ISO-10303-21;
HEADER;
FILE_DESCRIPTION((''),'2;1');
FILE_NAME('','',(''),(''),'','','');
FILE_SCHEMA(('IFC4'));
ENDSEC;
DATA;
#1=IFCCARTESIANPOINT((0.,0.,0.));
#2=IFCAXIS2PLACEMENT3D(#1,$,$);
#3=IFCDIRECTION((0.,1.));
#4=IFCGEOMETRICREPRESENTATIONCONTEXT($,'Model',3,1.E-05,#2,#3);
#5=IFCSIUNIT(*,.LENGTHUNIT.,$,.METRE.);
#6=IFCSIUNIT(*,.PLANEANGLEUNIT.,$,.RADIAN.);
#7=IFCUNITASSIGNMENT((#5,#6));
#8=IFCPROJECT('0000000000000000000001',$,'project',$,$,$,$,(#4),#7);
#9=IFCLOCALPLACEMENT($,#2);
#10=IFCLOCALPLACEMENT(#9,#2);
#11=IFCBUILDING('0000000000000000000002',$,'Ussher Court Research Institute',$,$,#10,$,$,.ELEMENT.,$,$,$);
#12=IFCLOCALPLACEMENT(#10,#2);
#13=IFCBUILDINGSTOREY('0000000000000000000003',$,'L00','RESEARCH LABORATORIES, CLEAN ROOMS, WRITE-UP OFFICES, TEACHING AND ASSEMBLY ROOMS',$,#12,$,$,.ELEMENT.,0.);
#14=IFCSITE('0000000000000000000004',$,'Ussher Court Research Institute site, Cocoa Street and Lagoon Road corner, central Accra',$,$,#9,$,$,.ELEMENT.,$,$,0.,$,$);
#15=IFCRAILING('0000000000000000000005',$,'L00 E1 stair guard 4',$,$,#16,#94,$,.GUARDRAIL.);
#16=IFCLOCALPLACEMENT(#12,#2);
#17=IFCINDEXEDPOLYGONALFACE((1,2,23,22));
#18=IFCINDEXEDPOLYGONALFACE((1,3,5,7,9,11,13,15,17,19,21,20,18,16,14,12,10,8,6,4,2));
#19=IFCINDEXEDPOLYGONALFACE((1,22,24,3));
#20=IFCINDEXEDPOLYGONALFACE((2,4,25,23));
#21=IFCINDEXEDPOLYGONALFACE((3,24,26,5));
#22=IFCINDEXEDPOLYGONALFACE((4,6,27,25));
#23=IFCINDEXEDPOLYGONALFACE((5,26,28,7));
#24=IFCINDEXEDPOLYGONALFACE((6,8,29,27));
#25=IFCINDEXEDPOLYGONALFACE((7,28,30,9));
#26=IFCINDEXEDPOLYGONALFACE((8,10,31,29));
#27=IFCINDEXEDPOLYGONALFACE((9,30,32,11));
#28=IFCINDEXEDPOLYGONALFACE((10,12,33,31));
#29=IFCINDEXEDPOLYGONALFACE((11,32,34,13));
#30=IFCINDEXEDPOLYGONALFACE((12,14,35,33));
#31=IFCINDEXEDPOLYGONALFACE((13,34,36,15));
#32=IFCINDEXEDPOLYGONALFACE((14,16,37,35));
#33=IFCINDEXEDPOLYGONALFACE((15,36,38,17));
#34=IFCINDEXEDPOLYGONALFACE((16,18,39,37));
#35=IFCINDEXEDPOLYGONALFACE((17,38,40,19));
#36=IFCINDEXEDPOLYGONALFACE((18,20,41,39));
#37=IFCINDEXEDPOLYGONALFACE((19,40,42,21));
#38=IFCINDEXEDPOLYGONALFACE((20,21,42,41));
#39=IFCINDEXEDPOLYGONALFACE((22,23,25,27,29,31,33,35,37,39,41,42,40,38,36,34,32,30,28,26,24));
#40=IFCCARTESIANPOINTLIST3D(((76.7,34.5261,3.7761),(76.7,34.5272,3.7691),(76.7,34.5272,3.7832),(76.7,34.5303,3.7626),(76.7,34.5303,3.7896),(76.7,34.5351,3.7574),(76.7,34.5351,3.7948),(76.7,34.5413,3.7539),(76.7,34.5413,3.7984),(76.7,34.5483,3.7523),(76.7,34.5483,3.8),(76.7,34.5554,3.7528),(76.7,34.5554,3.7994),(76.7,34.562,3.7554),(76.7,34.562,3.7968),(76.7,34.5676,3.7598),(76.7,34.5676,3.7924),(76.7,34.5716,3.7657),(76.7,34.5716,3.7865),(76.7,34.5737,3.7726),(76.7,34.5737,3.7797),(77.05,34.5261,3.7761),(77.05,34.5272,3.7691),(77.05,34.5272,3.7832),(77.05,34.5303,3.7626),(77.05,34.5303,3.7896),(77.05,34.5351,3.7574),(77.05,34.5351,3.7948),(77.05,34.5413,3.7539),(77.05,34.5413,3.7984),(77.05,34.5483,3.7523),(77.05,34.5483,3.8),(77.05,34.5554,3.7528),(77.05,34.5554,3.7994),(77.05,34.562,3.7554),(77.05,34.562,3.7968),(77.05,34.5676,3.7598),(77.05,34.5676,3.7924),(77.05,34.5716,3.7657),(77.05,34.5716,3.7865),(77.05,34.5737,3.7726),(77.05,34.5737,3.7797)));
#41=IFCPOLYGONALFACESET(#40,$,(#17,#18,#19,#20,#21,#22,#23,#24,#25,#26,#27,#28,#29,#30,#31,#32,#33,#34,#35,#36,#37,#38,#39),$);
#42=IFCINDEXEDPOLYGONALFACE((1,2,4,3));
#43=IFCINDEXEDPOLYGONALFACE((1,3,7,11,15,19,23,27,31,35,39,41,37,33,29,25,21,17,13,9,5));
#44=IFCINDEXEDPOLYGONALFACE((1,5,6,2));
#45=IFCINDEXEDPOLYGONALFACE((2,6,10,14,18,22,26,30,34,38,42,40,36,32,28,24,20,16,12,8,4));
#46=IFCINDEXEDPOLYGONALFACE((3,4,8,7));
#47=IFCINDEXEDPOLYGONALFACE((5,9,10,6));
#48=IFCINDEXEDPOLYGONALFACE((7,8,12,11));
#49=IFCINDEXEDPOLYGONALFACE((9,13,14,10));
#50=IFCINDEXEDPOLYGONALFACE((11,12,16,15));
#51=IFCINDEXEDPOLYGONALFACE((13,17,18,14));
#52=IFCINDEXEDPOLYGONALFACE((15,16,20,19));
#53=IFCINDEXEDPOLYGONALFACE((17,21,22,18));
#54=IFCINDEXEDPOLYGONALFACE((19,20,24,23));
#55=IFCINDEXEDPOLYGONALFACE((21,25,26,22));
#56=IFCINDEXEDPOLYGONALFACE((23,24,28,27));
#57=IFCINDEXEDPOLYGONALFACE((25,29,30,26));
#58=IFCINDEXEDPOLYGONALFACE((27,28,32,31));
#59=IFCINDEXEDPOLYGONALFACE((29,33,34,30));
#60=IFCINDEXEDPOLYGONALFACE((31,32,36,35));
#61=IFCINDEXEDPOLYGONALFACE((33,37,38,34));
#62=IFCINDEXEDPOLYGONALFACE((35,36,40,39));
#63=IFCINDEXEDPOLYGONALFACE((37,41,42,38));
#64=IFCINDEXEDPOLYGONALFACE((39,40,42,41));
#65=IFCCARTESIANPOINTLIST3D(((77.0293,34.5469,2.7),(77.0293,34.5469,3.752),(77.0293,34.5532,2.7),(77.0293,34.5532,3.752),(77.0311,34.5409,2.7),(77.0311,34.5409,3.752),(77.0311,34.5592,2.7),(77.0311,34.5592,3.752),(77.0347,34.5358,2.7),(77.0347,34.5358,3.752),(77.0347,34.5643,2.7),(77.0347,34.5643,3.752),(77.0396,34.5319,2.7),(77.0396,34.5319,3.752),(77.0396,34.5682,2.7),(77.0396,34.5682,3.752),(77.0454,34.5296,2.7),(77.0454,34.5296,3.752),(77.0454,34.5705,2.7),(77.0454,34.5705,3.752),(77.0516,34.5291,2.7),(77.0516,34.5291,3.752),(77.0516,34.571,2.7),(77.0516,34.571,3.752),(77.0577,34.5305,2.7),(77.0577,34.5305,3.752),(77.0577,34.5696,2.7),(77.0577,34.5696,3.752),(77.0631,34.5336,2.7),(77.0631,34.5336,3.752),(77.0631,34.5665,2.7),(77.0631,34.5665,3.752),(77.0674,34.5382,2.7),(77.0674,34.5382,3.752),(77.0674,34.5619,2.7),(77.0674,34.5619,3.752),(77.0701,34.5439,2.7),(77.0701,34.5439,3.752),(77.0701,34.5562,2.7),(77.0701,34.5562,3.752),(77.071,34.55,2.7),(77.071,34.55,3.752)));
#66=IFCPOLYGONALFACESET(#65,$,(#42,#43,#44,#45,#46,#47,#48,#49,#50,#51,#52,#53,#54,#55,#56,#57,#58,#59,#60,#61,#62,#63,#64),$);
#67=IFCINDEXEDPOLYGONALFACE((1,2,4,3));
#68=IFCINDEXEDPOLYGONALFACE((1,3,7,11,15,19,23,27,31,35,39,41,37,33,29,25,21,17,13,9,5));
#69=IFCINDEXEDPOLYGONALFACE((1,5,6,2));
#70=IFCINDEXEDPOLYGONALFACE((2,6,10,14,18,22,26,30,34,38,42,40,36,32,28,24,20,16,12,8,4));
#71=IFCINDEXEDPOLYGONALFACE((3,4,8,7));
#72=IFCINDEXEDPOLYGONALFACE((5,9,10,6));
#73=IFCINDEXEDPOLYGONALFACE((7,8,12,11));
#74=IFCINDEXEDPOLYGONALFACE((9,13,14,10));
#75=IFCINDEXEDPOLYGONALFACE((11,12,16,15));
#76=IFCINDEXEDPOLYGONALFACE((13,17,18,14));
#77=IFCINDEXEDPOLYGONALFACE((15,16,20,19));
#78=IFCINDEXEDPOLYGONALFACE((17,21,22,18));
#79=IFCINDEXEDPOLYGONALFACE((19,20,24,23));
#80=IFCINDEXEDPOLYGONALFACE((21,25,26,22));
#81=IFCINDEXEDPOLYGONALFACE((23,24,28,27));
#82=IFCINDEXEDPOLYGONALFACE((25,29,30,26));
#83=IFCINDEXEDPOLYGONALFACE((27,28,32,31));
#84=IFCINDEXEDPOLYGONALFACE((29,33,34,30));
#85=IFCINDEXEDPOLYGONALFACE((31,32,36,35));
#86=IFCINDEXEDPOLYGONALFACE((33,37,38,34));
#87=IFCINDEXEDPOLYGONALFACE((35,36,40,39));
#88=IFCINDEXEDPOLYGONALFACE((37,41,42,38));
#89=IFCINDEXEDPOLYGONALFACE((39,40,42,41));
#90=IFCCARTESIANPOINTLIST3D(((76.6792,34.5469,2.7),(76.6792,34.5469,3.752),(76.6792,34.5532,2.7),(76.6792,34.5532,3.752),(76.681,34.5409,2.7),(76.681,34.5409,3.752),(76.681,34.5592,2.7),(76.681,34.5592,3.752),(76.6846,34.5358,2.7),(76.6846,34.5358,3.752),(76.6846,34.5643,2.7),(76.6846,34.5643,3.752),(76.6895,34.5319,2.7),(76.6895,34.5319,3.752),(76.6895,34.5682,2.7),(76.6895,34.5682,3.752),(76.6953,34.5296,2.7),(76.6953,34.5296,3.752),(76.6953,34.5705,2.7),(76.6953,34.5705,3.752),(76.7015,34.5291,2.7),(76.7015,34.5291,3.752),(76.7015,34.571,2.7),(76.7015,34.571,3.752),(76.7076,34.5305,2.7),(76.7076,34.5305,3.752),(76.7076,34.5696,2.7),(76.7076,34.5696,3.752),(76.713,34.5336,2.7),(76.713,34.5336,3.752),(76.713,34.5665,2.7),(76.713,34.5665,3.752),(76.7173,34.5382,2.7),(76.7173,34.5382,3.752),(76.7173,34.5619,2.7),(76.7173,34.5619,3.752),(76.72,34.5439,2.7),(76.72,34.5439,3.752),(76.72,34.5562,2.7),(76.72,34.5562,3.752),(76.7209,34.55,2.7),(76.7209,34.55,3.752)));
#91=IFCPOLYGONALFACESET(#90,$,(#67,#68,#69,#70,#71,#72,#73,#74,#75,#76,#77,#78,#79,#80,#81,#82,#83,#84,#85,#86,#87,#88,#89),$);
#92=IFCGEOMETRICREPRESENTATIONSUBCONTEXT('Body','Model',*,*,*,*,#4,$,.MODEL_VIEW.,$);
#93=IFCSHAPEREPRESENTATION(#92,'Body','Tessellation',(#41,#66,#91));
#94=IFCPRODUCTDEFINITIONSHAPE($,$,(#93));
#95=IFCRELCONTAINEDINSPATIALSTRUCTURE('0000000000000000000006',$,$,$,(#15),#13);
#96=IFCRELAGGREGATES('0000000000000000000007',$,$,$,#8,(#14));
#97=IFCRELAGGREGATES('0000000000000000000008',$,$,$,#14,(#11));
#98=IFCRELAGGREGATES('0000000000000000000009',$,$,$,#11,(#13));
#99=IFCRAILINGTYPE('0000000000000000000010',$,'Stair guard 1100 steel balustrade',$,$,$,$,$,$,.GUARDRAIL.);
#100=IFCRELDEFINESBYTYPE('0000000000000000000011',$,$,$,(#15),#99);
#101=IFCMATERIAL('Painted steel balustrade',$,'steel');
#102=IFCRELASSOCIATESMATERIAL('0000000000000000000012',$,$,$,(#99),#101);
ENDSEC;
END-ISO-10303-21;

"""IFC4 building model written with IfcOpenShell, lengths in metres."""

from ifc_helpers import new_model, si_unit, direction, frame, origin, origin_2d, place, context, subcontext, project, spatial, circle, extrude, material, type_object, element, save


model = new_model("IFC4")

# Units and contexts
model_context = context("Model", 3, precision=1e-05, world=origin(), true_north=direction((0.0, 1.0)))
body_context = subcontext(model_context, "Body", "Model", "MODEL_VIEW")
ifc_project = project(units=[si_unit("LENGTHUNIT", "METRE"), si_unit("PLANEANGLEUNIT", "RADIAN")], contexts=[model_context])

# Site, building, storey
site_placement = place(None, origin())
site = spatial("IfcSite", under=ifc_project, at=site_placement, Name="Ussher Court Research Institute site, Cocoa Street and Lagoon Road corner, central Accra", CompositionType="ELEMENT", RefElevation=0.0)
building_placement = place(site_placement, origin())
building = spatial("IfcBuilding", under=site, at=building_placement, Name="Ussher Court Research Institute", CompositionType="ELEMENT")
storey_placement = place(building_placement, origin())
storey = spatial("IfcBuildingStorey", under=building, at=storey_placement, Name="L00", Description="RESEARCH LABORATORIES, CLEAN ROOMS, WRITE-UP OFFICES, TEACHING AND ASSEMBLY ROOMS", CompositionType="ELEMENT", Elevation=0.0)

# Railing
ifc_material_1 = material(Name="Painted steel balustrade", Category="steel")
railing_type_1 = type_object("IfcRailingType", Name="Stair guard 1100 steel balustrade", PredefinedType="GUARDRAIL", material=ifc_material_1)
railing_1_placement = place(storey_placement, frame((77.05, 34.55, 2.7)))
element("IfcRailing", 1, at=railing_1_placement, inside=storey, type_object=railing_type_1, Name="L00 E1 stair guard 4", PredefinedType="GUARDRAIL", context=body_context, shape_type="SweptSolid", body=[
    extrude(circle(Radius=0.0239, at=origin_2d()), frame((0.0, 0.0, 1.0762), z_axis=(-1.0, 0.0, 0.0), x_axis=(0.0, -1.0, 0.0)), (0.0, 0.0, 1.0), 0.3501),
    extrude(circle(Radius=0.021, at=origin_2d()), origin(), (0.0, 0.0, 1.0), 1.052),
    extrude(circle(Radius=0.021, at=origin_2d()), frame((-0.3501, 0.0, 0.0)), (0.0, 0.0, 1.0), 1.052),
])

save(model, "model.ifc")
